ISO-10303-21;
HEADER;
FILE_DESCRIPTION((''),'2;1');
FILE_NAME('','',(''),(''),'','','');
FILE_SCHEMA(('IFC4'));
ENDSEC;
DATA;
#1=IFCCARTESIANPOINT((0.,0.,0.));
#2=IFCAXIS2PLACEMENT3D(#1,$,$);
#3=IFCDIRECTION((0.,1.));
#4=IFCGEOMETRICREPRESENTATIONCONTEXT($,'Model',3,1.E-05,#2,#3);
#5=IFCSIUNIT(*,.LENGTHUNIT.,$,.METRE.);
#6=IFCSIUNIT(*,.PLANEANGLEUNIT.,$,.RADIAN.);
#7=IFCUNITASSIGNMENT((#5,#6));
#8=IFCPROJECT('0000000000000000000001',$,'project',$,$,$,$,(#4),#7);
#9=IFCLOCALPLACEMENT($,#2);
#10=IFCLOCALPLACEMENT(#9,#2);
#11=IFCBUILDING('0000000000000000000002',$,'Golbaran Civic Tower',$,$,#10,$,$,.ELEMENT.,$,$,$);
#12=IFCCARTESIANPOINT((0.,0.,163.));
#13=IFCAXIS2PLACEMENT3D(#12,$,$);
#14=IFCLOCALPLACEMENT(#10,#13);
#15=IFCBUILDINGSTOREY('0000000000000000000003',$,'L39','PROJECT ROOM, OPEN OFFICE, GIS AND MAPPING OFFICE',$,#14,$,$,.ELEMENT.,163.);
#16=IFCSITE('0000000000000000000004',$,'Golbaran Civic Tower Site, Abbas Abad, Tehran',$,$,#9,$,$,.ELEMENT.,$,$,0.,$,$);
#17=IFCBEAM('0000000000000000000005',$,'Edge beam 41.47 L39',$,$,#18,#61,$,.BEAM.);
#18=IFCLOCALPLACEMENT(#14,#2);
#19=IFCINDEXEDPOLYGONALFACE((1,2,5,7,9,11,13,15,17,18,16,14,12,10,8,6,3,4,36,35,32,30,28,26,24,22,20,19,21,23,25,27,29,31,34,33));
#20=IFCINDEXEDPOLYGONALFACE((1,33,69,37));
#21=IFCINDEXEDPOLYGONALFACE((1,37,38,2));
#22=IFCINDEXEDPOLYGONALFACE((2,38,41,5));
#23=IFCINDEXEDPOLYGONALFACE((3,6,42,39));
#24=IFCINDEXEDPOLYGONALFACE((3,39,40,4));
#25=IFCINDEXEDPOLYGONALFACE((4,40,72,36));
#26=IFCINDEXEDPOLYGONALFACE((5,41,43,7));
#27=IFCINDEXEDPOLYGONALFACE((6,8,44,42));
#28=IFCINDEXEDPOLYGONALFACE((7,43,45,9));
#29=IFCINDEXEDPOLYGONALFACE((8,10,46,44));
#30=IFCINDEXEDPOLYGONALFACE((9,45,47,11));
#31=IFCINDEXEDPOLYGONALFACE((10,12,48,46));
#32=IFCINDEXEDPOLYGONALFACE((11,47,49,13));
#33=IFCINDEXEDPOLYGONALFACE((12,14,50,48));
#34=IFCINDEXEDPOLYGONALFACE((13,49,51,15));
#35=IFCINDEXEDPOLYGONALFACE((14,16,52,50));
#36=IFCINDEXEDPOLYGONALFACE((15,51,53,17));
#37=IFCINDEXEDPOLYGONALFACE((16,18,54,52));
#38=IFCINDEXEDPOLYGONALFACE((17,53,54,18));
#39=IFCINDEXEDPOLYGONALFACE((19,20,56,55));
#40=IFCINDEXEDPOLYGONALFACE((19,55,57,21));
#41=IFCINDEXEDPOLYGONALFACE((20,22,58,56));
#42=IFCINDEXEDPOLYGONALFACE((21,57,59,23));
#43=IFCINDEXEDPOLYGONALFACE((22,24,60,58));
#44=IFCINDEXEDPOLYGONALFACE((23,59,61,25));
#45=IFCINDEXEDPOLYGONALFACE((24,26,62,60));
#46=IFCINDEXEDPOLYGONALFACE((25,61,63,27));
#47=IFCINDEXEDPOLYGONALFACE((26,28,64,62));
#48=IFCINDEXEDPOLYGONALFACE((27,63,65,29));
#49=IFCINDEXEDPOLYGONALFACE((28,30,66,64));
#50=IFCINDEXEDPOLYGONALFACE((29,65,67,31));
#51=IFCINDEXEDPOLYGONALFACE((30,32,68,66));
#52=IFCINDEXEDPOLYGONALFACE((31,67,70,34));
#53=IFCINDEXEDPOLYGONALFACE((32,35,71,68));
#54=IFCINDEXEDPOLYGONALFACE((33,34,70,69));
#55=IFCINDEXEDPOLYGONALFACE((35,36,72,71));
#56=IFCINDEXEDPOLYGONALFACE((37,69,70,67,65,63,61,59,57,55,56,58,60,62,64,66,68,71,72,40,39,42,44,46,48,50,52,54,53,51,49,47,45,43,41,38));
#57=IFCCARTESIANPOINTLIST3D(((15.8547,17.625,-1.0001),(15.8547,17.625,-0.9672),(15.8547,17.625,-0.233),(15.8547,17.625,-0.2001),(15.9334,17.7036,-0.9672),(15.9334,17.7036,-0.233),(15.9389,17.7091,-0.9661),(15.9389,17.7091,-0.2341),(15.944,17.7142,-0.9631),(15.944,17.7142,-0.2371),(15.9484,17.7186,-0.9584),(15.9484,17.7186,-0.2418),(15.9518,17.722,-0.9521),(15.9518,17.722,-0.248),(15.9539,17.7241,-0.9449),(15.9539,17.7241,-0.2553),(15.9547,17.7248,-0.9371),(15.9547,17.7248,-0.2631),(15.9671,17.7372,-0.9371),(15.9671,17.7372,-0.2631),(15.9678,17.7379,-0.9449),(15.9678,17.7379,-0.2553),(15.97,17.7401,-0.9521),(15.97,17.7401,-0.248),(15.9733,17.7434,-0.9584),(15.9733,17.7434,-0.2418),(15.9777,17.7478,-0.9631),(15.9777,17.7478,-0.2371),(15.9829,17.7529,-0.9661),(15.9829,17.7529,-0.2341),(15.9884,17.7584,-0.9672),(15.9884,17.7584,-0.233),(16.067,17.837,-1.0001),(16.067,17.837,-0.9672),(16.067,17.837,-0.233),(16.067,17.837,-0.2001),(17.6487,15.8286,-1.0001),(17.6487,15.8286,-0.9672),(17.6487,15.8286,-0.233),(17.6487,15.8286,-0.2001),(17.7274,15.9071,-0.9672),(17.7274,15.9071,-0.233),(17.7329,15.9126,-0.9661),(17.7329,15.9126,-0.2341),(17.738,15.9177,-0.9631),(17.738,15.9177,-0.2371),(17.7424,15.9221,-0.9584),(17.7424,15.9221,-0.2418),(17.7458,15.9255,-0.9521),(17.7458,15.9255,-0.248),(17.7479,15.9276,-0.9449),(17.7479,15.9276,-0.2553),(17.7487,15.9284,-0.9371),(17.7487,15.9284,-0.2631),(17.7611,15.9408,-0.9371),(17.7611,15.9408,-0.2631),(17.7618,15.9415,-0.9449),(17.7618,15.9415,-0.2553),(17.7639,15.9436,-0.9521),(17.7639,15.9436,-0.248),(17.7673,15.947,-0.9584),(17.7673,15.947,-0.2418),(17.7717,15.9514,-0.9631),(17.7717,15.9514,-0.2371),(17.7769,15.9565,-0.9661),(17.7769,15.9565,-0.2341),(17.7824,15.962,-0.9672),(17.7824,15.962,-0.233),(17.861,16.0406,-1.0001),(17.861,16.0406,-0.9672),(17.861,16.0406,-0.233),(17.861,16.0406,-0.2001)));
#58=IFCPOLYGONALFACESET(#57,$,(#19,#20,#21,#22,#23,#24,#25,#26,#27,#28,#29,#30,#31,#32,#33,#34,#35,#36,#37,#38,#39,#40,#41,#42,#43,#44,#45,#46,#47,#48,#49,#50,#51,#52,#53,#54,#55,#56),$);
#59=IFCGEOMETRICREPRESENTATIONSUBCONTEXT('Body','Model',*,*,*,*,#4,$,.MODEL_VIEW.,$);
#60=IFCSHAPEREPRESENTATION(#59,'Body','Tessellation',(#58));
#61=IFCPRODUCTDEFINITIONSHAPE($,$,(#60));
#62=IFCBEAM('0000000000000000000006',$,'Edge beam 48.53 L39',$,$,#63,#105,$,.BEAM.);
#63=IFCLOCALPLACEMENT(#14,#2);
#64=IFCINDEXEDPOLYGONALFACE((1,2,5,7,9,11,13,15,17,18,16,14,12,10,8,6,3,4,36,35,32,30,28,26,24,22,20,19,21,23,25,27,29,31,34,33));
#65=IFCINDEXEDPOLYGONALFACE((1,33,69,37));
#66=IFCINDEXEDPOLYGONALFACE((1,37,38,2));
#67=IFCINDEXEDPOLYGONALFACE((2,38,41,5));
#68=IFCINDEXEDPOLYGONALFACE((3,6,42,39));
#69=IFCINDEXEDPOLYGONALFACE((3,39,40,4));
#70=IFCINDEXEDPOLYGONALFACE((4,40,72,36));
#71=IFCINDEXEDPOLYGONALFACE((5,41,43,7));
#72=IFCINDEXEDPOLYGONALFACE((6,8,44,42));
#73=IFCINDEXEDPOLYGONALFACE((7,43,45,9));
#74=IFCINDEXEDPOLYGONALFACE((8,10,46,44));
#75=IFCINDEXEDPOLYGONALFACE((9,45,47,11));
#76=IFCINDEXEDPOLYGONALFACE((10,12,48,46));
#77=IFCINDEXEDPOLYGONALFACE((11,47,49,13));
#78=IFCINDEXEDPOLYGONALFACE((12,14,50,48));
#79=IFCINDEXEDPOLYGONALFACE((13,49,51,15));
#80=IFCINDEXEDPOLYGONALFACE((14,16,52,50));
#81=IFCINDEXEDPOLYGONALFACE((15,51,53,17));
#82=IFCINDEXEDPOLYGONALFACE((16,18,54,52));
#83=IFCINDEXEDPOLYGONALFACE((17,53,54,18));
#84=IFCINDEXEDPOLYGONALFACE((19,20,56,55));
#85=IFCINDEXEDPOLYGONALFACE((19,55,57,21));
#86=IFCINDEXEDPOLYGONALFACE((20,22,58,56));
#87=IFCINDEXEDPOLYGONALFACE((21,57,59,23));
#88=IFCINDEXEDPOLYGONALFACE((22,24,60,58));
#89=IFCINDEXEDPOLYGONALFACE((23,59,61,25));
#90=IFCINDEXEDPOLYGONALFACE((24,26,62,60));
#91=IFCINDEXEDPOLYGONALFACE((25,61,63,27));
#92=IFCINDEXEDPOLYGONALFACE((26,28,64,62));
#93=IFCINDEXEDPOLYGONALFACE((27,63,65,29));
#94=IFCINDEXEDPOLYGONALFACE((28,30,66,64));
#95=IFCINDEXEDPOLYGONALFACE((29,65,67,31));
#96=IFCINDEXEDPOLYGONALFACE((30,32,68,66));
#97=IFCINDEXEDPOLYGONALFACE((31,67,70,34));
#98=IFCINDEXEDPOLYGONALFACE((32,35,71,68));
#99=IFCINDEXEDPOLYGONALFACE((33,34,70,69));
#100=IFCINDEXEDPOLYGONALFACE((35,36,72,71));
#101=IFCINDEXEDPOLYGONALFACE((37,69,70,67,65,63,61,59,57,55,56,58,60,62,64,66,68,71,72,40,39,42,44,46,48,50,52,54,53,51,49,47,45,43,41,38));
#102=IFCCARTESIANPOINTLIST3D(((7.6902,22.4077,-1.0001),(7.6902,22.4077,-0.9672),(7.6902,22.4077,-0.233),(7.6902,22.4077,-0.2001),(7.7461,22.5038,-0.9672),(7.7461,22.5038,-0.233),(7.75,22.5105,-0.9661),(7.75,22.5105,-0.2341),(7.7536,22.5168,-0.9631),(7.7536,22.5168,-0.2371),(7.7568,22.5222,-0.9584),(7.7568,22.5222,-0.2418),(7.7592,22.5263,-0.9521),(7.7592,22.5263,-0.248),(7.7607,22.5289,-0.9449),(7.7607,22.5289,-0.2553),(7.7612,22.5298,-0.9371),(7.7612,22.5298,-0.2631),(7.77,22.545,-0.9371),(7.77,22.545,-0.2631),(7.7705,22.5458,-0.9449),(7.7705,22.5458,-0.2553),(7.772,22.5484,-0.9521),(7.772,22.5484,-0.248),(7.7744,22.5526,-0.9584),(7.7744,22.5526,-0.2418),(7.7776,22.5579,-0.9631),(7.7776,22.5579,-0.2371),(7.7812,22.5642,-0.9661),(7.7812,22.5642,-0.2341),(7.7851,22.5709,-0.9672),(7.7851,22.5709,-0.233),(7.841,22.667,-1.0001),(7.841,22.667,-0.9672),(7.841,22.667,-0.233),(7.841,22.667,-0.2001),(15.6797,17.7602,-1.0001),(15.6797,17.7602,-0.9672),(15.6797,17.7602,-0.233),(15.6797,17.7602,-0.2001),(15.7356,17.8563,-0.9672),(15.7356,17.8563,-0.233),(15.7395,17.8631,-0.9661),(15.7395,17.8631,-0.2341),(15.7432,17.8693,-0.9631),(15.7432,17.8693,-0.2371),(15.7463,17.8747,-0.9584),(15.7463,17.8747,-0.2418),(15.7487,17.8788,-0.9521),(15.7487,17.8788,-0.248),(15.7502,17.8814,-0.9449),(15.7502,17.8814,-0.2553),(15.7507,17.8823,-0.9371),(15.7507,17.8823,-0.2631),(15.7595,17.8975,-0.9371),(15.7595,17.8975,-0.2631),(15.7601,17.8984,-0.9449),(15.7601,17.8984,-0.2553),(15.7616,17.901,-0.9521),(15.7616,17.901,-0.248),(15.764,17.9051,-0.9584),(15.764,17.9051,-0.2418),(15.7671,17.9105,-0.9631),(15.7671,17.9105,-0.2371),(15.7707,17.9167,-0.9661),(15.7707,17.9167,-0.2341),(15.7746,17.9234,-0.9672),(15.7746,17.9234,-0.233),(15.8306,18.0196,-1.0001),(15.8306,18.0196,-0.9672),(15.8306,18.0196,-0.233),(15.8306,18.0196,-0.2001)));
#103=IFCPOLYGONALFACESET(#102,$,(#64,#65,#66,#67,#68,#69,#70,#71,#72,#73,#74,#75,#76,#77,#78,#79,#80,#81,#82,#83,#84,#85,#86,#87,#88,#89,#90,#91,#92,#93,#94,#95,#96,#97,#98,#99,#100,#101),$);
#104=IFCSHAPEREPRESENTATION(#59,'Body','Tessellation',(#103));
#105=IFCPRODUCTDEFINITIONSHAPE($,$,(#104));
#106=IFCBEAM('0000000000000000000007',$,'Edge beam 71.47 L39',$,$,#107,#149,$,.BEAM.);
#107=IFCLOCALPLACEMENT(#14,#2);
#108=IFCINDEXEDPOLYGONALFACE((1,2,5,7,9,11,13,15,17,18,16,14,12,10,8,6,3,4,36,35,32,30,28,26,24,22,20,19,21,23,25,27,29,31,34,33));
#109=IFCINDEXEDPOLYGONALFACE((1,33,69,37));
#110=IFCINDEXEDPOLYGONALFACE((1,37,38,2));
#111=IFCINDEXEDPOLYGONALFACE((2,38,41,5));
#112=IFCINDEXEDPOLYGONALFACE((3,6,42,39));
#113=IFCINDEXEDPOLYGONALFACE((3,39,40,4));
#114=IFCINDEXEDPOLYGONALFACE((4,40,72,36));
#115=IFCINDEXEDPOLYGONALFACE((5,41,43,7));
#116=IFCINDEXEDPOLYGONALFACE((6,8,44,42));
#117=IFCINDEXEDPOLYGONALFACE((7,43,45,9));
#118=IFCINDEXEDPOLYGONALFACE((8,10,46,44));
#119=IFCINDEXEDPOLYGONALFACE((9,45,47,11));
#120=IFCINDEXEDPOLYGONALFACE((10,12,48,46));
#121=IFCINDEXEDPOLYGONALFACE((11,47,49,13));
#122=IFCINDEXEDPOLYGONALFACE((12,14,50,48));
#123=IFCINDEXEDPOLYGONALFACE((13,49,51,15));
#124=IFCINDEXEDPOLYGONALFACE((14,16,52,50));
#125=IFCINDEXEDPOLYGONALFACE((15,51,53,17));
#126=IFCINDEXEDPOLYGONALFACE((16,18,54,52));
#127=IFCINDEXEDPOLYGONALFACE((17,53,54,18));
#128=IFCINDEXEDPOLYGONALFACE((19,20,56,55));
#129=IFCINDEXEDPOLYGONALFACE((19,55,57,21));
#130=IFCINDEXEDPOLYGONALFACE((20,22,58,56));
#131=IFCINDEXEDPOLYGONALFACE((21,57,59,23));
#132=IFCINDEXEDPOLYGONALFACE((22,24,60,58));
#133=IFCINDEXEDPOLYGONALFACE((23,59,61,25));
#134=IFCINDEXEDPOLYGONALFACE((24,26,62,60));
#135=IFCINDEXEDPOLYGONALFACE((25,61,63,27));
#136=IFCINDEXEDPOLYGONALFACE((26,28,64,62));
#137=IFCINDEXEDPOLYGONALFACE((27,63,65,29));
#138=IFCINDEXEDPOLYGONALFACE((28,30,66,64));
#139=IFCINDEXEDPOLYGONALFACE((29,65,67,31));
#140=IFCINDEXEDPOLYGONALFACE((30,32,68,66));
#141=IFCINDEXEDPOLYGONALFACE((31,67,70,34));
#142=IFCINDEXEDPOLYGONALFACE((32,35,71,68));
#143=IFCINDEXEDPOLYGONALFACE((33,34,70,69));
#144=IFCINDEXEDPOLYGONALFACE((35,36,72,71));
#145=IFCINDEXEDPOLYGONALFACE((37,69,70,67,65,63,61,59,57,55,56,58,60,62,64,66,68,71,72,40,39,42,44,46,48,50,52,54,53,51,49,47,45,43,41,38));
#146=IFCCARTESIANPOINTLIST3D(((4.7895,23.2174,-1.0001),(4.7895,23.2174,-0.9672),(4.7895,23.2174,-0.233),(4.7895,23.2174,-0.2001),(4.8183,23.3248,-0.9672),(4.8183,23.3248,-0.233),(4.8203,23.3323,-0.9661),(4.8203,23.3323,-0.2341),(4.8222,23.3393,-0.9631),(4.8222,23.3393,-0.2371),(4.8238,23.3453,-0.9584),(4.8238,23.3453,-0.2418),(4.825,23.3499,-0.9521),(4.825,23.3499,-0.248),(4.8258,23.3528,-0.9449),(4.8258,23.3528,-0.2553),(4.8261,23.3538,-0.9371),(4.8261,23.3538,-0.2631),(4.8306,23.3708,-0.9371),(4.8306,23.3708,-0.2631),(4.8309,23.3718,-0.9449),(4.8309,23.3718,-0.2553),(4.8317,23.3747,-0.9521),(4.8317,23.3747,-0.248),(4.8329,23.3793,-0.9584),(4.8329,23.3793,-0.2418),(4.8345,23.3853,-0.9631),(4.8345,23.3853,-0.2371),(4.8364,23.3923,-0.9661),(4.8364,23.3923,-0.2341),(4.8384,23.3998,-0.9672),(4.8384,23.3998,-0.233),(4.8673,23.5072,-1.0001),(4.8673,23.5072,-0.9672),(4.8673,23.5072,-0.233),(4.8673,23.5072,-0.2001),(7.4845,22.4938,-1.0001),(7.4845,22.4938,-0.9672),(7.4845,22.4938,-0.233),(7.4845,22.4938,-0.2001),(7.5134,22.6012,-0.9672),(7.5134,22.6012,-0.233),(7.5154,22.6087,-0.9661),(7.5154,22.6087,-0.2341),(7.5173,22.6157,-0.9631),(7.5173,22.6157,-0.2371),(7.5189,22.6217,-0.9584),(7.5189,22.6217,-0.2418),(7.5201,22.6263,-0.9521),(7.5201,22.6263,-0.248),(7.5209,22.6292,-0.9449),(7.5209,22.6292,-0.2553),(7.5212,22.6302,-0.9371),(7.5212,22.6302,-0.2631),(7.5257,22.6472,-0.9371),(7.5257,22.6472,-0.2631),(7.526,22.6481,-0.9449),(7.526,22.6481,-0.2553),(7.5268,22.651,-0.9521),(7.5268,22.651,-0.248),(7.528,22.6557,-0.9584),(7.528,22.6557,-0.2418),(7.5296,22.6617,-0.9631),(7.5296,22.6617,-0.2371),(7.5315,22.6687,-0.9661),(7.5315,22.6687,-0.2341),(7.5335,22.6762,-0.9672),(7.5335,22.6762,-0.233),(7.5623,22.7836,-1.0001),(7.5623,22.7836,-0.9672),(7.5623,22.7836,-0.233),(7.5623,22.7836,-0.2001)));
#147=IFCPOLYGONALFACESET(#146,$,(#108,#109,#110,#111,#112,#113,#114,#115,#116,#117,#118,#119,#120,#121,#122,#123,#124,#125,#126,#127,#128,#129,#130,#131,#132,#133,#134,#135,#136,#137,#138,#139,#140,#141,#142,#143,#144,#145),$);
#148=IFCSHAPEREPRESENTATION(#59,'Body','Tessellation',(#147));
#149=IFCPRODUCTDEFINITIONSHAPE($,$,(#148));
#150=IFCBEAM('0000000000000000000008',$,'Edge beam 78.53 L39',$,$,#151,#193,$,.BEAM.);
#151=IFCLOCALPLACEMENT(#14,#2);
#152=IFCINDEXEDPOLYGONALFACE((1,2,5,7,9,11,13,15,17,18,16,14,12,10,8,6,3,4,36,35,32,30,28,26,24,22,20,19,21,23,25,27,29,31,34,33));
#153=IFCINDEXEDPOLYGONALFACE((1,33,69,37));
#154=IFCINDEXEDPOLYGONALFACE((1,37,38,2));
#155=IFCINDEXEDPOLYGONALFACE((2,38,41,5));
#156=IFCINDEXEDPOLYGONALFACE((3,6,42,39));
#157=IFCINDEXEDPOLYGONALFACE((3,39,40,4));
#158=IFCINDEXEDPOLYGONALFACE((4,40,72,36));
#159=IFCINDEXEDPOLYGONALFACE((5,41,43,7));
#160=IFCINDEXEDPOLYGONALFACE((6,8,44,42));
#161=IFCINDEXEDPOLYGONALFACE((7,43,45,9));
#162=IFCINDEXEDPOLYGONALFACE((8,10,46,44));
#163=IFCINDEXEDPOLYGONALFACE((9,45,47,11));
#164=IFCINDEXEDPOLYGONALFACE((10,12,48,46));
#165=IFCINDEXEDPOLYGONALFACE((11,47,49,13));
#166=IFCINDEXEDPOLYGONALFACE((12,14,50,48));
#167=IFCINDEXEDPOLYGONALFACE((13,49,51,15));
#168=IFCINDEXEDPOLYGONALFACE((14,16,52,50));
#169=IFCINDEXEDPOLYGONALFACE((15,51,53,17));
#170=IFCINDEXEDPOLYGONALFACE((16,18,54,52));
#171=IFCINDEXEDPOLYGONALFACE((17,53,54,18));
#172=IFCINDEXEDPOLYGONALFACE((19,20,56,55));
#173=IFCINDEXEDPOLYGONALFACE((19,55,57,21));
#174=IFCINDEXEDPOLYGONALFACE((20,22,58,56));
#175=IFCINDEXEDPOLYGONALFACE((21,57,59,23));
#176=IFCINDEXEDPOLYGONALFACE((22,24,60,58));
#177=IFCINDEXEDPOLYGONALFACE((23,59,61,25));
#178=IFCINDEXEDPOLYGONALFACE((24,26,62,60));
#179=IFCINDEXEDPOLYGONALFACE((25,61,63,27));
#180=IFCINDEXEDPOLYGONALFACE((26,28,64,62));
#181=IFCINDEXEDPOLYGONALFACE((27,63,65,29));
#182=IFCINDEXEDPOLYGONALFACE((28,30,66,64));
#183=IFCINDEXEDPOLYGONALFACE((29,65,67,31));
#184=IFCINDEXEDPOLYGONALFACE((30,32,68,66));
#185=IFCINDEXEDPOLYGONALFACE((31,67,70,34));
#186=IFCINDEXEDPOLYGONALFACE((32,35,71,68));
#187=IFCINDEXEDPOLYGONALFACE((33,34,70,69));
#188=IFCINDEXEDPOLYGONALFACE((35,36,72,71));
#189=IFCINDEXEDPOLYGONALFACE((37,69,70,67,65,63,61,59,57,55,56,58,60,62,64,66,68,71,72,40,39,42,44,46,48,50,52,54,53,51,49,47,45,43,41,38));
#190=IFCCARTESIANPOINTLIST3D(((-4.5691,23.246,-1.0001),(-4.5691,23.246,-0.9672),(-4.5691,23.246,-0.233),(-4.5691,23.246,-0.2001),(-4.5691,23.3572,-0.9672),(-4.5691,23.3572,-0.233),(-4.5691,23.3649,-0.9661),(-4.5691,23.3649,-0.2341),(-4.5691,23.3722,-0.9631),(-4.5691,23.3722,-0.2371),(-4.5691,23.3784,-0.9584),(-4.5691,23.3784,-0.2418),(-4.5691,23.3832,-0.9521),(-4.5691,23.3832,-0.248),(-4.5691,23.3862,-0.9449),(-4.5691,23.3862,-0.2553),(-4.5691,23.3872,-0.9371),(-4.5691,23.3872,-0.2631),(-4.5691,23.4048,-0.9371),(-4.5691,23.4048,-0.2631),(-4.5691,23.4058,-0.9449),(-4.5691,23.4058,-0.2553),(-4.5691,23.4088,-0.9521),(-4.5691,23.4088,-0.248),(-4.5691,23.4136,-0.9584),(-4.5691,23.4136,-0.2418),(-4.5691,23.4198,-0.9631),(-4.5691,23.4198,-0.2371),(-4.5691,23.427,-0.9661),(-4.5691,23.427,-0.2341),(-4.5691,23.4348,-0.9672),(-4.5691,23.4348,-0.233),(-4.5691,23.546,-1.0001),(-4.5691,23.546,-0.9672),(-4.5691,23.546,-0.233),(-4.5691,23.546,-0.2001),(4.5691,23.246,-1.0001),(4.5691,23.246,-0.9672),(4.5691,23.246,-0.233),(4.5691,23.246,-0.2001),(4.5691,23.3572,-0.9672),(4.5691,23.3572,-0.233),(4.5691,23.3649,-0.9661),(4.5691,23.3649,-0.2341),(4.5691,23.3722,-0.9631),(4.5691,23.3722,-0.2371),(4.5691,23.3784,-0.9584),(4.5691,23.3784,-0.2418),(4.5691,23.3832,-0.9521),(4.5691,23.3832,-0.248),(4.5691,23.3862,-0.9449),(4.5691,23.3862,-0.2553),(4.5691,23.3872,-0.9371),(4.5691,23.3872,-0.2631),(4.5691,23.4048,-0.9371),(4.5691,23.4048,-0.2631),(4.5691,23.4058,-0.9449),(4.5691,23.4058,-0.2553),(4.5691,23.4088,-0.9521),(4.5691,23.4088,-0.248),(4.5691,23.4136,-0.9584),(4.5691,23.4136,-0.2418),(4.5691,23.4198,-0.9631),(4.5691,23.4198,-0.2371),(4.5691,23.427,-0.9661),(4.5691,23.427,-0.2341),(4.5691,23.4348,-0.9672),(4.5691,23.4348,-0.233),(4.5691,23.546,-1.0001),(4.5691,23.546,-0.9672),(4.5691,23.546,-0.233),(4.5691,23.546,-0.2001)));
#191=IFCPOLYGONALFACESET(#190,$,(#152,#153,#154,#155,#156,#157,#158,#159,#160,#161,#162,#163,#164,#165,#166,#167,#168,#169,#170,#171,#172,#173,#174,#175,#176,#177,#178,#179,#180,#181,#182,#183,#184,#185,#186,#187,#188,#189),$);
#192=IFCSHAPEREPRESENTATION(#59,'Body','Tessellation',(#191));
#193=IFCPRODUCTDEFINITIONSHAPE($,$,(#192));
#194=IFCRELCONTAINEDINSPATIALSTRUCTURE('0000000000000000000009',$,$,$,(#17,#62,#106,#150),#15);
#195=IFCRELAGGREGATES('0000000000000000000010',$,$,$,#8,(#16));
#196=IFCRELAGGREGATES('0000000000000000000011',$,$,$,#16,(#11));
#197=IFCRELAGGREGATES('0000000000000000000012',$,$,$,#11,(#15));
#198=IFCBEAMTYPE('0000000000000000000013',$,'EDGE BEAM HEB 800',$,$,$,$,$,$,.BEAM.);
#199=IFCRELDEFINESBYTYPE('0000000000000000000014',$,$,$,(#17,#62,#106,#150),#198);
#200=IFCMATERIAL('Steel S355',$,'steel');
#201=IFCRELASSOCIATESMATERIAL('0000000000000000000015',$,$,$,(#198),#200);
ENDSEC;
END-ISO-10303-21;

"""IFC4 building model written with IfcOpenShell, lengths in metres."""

from ifc_helpers import new_model, si_unit, direction, frame, origin, origin_2d, place, context, subcontext, project, spatial, i_section, extrude, material, material_profile, profile_set, type_object, element, save


model = new_model("IFC4")

# Units and contexts
model_context = context("Model", 3, precision=1e-05, world=origin(), true_north=direction((0.0, 1.0)))
body_context = subcontext(model_context, "Body", "Model", "MODEL_VIEW")
ifc_project = project(units=[si_unit("LENGTHUNIT", "METRE"), si_unit("PLANEANGLEUNIT", "RADIAN")], contexts=[model_context])

# Site, building, storey
site_placement = place(None, origin())
site = spatial("IfcSite", under=ifc_project, at=site_placement, Name="Golbaran Civic Tower Site, Abbas Abad, Tehran", CompositionType="ELEMENT", RefElevation=0.0)
building_placement = place(site_placement, origin())
building = spatial("IfcBuilding", under=site, at=building_placement, Name="Golbaran Civic Tower", CompositionType="ELEMENT")
storey_placement = place(building_placement, frame((0.0, 0.0, 163.0)))
storey = spatial("IfcBuildingStorey", under=building, at=storey_placement, Name="L39", Description="PROJECT ROOM, OPEN OFFICE, GIS AND MAPPING OFFICE", CompositionType="ELEMENT", Elevation=163.0)

# Beams
ifc_material_1 = material(Name="Steel S355", Category="steel")
ifc_material_profile_1 = material_profile(ifc_material_1, i_section(OverallWidth=0.3, OverallDepth=0.8, WebThickness=0.0176, FlangeThickness=0.033, FilletRadius=0.03, at=origin_2d()), Name="HEB 800")
ifc_profile_set_1 = profile_set([ifc_material_profile_1], Name="Steel S355")
beam_type_1 = type_object("IfcBeamType", Name="EDGE BEAM HEB 800", PredefinedType="BEAM", material=ifc_profile_set_1)
beam_1_placement = place(storey_placement, frame((17.7549, 15.9346, -0.6001), z_axis=(-0.706626, 0.707587, 0.0), x_axis=(-0.707587, -0.706626, 0.0)))
element("IfcBeam", 1, at=beam_1_placement, inside=storey, type_object=beam_type_1, Name="Edge beam 41.47 L39", PredefinedType="BEAM", context=body_context, shape_type="SweptSolid", body=[
    extrude(i_section(OverallWidth=0.3, OverallDepth=0.8, WebThickness=0.0176, FlangeThickness=0.033, FilletRadius=0.03, at=origin_2d()), origin(), (0.0, 0.0, 1.0), 2.5388),
])
beam_2_placement = place(storey_placement, frame((15.7551, 17.8899, -0.6001), z_axis=(-0.864394, 0.502815, 0.0), x_axis=(-0.502815, -0.864394, 0.0)))
element("IfcBeam", 2, at=beam_2_placement, inside=storey, type_object=beam_type_1, Name="Edge beam 48.53 L39", PredefinedType="BEAM", context=body_context, shape_type="SweptSolid", body=[
    extrude(i_section(OverallWidth=0.3, OverallDepth=0.8, WebThickness=0.0176, FlangeThickness=0.033, FilletRadius=0.03, at=origin_2d()), origin(), (0.0, 0.0, 1.0), 9.2429),
])
beam_3_placement = place(storey_placement, frame((7.5234, 22.6387, -0.6001), z_axis=(-0.965792, 0.259318, 0.0), x_axis=(-0.259318, -0.965792, 0.0)))
element("IfcBeam", 3, at=beam_3_placement, inside=storey, type_object=beam_type_1, Name="Edge beam 71.47 L39", PredefinedType="BEAM", context=body_context, shape_type="SweptSolid", body=[
    extrude(i_section(OverallWidth=0.3, OverallDepth=0.8, WebThickness=0.0176, FlangeThickness=0.033, FilletRadius=0.03, at=origin_2d()), origin(), (0.0, 0.0, 1.0), 2.7905),
])
beam_4_placement = place(storey_placement, frame((4.5691, 23.396, -0.6001), z_axis=(-1.0, 0.0, 0.0), x_axis=(0.0, -1.0, 0.0)))
element("IfcBeam", 4, at=beam_4_placement, inside=storey, type_object=beam_type_1, Name="Edge beam 78.53 L39", PredefinedType="BEAM", context=body_context, shape_type="SweptSolid", body=[
    extrude(i_section(OverallWidth=0.3, OverallDepth=0.8, WebThickness=0.0176, FlangeThickness=0.033, FilletRadius=0.03, at=origin_2d()), origin(), (0.0, 0.0, 1.0), 9.1382),
])

save(model, "model.ifc")
